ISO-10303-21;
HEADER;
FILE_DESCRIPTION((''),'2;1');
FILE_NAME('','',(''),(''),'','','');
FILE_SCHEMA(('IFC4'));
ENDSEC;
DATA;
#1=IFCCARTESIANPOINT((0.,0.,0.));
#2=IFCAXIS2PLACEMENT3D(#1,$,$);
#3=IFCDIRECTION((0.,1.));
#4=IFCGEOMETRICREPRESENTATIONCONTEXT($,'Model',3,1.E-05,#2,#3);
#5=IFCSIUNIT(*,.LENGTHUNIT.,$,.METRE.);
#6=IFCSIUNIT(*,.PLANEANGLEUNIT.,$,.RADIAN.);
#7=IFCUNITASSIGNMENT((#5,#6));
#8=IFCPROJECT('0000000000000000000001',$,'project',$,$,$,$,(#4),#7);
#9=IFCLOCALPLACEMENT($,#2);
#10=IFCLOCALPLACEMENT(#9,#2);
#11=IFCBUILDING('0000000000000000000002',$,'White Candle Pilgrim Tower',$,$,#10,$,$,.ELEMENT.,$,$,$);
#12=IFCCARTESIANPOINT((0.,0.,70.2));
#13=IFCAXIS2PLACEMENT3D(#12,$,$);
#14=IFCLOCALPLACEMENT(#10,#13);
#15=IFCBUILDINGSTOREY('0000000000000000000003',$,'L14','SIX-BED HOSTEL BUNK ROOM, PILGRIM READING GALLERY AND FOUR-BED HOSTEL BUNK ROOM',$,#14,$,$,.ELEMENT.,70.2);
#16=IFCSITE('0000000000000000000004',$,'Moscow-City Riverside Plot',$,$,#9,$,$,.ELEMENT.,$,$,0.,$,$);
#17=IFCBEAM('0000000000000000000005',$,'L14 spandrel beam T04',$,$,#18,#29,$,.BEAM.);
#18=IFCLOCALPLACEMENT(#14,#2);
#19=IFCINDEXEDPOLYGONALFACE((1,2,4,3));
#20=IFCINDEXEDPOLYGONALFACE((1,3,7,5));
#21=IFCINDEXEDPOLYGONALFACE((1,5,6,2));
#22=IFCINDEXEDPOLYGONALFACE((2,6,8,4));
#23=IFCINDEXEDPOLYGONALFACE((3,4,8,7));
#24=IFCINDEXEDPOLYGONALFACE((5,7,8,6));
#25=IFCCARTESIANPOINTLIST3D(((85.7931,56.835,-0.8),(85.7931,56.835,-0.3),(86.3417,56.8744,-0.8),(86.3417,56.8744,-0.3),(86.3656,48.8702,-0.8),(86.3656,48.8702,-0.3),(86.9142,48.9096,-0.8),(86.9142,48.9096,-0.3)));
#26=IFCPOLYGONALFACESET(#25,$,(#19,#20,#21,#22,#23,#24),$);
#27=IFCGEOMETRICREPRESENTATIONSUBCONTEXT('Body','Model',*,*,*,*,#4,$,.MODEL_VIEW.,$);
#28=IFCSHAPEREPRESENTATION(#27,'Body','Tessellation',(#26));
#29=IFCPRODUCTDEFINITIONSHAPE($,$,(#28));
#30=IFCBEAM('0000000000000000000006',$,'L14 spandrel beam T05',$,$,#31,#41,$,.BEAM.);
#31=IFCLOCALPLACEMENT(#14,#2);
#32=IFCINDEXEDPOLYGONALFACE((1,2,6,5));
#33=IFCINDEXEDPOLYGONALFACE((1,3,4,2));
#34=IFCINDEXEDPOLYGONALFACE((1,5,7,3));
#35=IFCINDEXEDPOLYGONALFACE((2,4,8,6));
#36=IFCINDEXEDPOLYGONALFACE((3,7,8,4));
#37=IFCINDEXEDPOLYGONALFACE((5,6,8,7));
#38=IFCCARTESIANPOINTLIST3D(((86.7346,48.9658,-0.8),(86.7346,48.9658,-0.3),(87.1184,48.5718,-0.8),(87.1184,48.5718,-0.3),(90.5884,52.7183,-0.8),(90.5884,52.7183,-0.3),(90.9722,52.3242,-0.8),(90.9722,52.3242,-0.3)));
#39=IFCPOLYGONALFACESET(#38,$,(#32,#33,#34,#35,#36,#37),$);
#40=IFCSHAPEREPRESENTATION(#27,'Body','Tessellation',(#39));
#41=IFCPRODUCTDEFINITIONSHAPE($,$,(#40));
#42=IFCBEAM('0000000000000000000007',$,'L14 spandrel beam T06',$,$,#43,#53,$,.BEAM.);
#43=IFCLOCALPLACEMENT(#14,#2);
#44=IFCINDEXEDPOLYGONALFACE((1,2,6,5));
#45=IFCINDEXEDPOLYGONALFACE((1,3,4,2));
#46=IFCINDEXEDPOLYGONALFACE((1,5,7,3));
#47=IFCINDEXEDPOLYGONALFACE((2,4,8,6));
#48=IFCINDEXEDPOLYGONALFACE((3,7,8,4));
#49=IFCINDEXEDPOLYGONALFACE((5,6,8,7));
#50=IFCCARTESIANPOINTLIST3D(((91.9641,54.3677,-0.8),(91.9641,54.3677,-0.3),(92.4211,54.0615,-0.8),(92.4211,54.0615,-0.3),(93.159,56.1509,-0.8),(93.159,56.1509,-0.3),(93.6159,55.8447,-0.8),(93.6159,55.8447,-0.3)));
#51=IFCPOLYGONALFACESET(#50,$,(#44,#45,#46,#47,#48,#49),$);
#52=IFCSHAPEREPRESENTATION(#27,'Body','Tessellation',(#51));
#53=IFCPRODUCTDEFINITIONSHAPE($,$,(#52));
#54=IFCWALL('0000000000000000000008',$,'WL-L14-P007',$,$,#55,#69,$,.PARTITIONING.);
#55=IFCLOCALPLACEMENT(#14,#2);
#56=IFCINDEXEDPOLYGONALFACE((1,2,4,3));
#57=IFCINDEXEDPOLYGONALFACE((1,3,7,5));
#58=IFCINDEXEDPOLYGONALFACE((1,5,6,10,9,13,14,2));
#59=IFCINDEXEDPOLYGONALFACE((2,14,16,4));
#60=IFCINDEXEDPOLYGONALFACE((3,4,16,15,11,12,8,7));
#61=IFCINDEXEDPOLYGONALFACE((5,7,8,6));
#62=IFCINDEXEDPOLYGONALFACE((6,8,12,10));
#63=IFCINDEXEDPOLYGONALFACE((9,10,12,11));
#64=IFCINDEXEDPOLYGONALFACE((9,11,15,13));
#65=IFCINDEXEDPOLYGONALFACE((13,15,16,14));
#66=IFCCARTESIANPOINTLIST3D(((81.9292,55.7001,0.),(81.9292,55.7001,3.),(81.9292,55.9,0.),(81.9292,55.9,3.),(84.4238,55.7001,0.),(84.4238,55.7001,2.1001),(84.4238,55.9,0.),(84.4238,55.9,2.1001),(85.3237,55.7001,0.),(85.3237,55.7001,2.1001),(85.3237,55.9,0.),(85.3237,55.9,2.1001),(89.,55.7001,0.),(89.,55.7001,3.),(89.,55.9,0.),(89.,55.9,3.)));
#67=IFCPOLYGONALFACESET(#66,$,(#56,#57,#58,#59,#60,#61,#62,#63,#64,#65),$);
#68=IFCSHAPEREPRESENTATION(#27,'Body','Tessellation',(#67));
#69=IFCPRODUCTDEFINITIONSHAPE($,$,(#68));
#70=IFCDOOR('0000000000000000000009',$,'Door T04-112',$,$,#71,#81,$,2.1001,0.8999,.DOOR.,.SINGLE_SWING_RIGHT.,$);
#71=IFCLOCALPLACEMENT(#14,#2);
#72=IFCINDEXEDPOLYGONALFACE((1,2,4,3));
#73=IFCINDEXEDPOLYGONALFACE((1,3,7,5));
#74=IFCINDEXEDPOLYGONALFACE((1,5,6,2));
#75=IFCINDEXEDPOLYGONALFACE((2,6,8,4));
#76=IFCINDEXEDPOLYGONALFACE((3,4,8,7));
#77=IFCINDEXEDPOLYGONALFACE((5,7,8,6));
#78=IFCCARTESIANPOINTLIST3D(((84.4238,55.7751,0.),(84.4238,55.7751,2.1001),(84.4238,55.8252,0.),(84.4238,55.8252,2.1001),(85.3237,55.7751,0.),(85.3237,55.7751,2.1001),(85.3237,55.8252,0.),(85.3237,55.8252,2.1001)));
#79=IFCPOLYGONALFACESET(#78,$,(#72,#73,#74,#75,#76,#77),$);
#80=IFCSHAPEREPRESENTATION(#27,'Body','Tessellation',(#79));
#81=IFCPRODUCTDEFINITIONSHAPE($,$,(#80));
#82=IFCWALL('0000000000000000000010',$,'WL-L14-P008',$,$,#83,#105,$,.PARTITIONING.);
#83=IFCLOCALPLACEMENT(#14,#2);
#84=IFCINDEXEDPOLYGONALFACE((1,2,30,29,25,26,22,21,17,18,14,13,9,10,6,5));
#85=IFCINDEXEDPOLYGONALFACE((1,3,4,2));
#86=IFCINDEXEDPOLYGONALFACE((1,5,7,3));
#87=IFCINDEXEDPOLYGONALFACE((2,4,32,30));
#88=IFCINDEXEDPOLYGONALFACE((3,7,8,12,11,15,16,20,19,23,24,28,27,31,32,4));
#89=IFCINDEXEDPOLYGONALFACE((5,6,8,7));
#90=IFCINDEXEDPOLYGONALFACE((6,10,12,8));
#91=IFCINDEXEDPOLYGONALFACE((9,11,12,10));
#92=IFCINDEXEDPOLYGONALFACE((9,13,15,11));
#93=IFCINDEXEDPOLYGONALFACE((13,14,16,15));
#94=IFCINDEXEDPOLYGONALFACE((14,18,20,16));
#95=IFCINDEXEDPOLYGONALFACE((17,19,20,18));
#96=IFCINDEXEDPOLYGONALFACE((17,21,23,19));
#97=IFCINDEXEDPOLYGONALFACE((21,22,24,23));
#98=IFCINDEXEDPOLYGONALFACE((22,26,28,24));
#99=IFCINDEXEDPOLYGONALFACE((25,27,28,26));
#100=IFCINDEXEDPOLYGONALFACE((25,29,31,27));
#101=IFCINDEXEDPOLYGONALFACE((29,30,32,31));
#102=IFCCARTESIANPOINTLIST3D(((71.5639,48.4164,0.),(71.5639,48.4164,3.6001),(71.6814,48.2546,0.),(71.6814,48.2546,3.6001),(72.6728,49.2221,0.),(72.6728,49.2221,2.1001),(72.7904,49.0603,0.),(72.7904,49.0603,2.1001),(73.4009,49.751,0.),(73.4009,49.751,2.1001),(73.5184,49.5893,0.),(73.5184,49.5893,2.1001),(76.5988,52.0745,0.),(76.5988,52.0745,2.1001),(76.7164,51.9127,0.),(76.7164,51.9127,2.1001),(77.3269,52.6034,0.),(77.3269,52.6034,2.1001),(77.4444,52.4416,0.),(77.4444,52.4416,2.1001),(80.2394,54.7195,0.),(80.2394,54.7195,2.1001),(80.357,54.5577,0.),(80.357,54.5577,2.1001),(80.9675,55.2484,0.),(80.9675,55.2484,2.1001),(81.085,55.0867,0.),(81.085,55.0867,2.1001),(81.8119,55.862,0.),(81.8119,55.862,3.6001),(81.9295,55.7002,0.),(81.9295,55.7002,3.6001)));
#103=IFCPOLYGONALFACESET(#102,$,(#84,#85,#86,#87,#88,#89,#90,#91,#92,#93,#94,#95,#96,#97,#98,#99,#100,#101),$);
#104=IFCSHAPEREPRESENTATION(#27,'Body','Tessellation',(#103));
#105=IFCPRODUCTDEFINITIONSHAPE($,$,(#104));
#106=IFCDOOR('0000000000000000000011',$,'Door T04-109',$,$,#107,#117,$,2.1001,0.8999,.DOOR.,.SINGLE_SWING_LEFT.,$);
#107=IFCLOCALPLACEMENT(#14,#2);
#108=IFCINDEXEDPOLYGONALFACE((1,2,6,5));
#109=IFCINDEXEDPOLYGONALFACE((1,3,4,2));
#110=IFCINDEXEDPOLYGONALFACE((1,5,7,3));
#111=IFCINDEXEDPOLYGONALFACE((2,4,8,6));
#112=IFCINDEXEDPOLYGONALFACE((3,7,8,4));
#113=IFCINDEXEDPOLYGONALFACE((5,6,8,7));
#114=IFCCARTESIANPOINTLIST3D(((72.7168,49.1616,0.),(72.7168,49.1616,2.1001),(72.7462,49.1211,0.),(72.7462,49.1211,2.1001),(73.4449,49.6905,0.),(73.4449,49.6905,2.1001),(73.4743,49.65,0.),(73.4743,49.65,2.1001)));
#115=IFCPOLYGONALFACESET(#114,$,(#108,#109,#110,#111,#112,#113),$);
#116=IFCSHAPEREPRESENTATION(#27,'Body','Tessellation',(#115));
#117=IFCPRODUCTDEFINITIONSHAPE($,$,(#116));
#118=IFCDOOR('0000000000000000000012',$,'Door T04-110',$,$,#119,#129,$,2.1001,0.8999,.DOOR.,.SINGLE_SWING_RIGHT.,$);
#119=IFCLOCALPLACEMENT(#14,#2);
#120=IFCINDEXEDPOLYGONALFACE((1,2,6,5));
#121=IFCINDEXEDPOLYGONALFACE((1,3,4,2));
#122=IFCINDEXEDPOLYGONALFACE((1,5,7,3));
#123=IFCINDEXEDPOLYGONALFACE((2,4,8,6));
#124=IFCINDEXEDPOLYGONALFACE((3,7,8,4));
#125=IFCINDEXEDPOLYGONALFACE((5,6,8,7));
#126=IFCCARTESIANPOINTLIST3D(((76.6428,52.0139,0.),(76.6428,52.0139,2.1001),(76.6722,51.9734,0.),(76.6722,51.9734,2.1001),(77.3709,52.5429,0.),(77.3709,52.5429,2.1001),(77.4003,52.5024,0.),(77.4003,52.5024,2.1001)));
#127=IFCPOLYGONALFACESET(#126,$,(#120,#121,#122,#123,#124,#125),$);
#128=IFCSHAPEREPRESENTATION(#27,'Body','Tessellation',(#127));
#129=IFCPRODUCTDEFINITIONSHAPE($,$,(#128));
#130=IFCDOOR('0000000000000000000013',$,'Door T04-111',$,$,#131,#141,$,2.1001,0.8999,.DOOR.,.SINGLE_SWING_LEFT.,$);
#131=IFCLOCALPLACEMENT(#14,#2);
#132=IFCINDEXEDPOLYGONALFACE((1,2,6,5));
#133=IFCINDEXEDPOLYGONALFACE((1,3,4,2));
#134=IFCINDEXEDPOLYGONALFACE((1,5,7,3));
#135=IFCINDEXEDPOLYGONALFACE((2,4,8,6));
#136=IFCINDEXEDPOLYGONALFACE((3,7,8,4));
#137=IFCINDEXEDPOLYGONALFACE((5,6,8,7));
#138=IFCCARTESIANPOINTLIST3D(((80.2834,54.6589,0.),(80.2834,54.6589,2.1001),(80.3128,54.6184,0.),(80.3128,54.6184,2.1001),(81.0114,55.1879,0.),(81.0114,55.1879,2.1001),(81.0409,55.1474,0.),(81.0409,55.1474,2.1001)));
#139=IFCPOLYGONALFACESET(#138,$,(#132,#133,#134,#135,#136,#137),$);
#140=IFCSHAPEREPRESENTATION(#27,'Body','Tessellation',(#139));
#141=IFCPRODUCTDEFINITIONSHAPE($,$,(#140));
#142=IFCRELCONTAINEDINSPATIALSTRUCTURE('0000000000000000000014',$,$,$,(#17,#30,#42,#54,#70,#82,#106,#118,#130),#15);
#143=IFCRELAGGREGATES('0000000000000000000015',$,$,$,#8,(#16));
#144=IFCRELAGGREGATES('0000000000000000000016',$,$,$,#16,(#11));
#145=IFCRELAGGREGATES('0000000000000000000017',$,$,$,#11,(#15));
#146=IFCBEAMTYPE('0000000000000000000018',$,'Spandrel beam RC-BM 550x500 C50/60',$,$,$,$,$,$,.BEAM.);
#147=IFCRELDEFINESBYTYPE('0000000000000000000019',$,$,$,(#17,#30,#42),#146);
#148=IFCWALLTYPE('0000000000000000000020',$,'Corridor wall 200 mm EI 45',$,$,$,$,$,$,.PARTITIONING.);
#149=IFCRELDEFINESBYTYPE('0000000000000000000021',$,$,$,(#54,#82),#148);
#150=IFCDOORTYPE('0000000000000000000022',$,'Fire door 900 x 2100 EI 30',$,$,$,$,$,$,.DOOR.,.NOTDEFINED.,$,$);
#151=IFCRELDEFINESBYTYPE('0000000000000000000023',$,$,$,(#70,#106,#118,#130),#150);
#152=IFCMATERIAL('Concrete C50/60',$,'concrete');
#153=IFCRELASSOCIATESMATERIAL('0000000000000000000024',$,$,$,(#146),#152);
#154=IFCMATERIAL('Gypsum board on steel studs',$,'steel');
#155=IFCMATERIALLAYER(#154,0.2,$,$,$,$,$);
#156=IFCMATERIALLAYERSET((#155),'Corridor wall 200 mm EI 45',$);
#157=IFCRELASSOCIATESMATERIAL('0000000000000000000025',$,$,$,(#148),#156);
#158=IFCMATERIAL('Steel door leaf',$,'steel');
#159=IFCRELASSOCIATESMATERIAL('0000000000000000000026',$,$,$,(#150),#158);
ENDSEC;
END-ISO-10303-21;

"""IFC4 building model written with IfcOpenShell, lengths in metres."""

from ifc_helpers import new_model, si_unit, direction, frame, frame_2d, origin, origin_2d, place, context, subcontext, project, spatial, rectangle, extrude, material, layer, layer_set, material_profile, profile_set, type_object, element, fill, save


model = new_model("IFC4")

# Units and contexts
model_context = context("Model", 3, precision=1e-05, world=origin(), true_north=direction((0.0, 1.0)))
body_context = subcontext(model_context, "Body", "Model", "MODEL_VIEW")
ifc_project = project(units=[si_unit("LENGTHUNIT", "METRE"), si_unit("PLANEANGLEUNIT", "RADIAN")], contexts=[model_context])

# Site, building, storey
site_placement = place(None, origin())
site = spatial("IfcSite", under=ifc_project, at=site_placement, Name="Moscow-City Riverside Plot", CompositionType="ELEMENT", RefElevation=0.0)
building_placement = place(site_placement, origin())
building = spatial("IfcBuilding", under=site, at=building_placement, Name="White Candle Pilgrim Tower", CompositionType="ELEMENT")
storey_placement = place(building_placement, frame((0.0, 0.0, 70.2)))
storey = spatial("IfcBuildingStorey", under=building, at=storey_placement, Name="L14", Description="SIX-BED HOSTEL BUNK ROOM, PILGRIM READING GALLERY AND FOUR-BED HOSTEL BUNK ROOM", CompositionType="ELEMENT", Elevation=70.2)

# Beams
ifc_material_1 = material(Name="Concrete C50/60", Category="concrete")
ifc_material_profile_1 = material_profile(ifc_material_1, rectangle(XDim=0.55, YDim=0.5, at=origin_2d()), Name="RC-BM 550x500")
ifc_profile_set_1 = profile_set([ifc_material_profile_1], Name="Concrete C50/60")
beam_type_1 = type_object("IfcBeamType", Name="Spandrel beam RC-BM 550x500 C50/60", PredefinedType="BEAM", material=ifc_profile_set_1)
beam_1_placement = place(storey_placement, frame((86.6399, 48.8899, -0.55), z_axis=(-0.071695, 0.997427, 0.0), x_axis=(-0.997427, -0.071695, 0.0)))
element("IfcBeam", 1, at=beam_1_placement, inside=storey, type_object=beam_type_1, Name="L14 spandrel beam T04", PredefinedType="BEAM", context=body_context, shape_type="SweptSolid", body=[
    extrude(rectangle(XDim=0.55, YDim=0.5, at=origin_2d()), origin(), (0.0, 0.0, 1.0), 7.9854),
])
beam_2_placement = place(storey_placement, frame((86.9265, 48.7688, -0.55), z_axis=(0.716462, 0.697626, 0.0), x_axis=(-0.697626, 0.716462, 0.0)))
element("IfcBeam", 2, at=beam_2_placement, inside=storey, type_object=beam_type_1, Name="L14 spandrel beam T05", PredefinedType="BEAM", context=body_context, shape_type="SweptSolid", body=[
    extrude(rectangle(XDim=0.55, YDim=0.5, at=origin_2d()), origin(), (0.0, 0.0, 1.0), 5.3789),
])
beam_3_placement = place(storey_placement, frame((92.1926, 54.2146, -0.55), z_axis=(0.556641, 0.830753, 0.0), x_axis=(-0.830753, 0.556641, 0.0)))
element("IfcBeam", 3, at=beam_3_placement, inside=storey, type_object=beam_type_1, Name="L14 spandrel beam T06", PredefinedType="BEAM", context=body_context, shape_type="SweptSolid", body=[
    extrude(rectangle(XDim=0.55, YDim=0.5, at=origin_2d()), origin(), (0.0, 0.0, 1.0), 2.1465),
])

# Wall, opening, door
ifc_material_2 = material(Name="Gypsum board on steel studs", Category="steel")
ifc_layer_1 = layer(ifc_material_2, 0.2)
ifc_layer_set_1 = layer_set([ifc_layer_1], Name="Corridor wall 200 mm EI 45")
wall_type_1 = type_object("IfcWallType", Name="Corridor wall 200 mm EI 45", PredefinedType="PARTITIONING", material=ifc_layer_set_1)
wall_1_placement = place(storey_placement, frame((89.0, 55.8, 0.0), z_axis=(0.0, 0.0, 1.0), x_axis=(-1.0, 0.0, 0.0)))
wall_1 = element("IfcWall", 4, at=wall_1_placement, inside=storey, type_object=wall_type_1, Name="WL-L14-P007", PredefinedType="PARTITIONING", context=body_context, shape_type="SweptSolid", body=[
    extrude(rectangle(XDim=7.0708, YDim=0.2, at=frame_2d((3.5354, 0.0))), origin(), (0.0, 0.0, 1.0), 3.0),
])
opening_1_placement = place(wall_1_placement, frame((3.6763, 0.0, 0.0)))
opening_1 = element("IfcOpeningElement", 5, at=opening_1_placement, cuts=wall_1, PredefinedType="OPENING", context=body_context, shape_type="SweptSolid", body=[
    extrude(rectangle(XDim=0.8999, YDim=2.1001, at=frame_2d((0.45, 1.05))), frame((0.0, 0.1099, 0.0), z_axis=(0.0, -1.0, 0.0), x_axis=(1.0, 0.0, 0.0)), (0.0, 0.0, 1.0), 0.22),
])
ifc_material_3 = material(Name="Steel door leaf", Category="steel")
door_type = type_object("IfcDoorType", Name="Fire door 900 x 2100 EI 30", OperationType="NOTDEFINED", PredefinedType="DOOR", material=ifc_material_3)
door_1_placement = place(opening_1_placement, origin())
door_1 = element("IfcDoor", 6, at=door_1_placement, inside=storey, type_object=door_type, Name="Door T04-112", OperationType="SINGLE_SWING_RIGHT", OverallHeight=2.1001, OverallWidth=0.8999, PredefinedType="DOOR", context=body_context, shape_type="SweptSolid", body=[
    extrude(rectangle(XDim=0.8999, YDim=2.1001, at=frame_2d((0.45, 1.05))), frame((0.0, 0.0249, 0.0), z_axis=(0.0, -1.0, 0.0), x_axis=(1.0, 0.0, 0.0)), (0.0, 0.0, 1.0), 0.05),
])
fill(opening_1, door_1)

# Wall, openings, doors
wall_2_placement = place(storey_placement, frame((81.8706, 55.781, 0.0), z_axis=(0.0, 0.0, 1.0), x_axis=(-0.80902, -0.587781, 0.0)))
wall_2 = element("IfcWall", 7, at=wall_2_placement, inside=storey, type_object=wall_type_1, Name="WL-L14-P008", PredefinedType="PARTITIONING", context=body_context, shape_type="SweptSolid", body=[
    extrude(rectangle(XDim=12.6672, YDim=0.2, at=frame_2d((6.3335, 0.0))), origin(), (0.0, 0.0, 1.0), 3.6001),
])
opening_2_placement = place(wall_2_placement, frame((10.3965, 0.0, 0.0)))
opening_2 = element("IfcOpeningElement", 8, at=opening_2_placement, cuts=wall_2, PredefinedType="OPENING", context=body_context, shape_type="SweptSolid", body=[
    extrude(rectangle(XDim=0.8999, YDim=2.1001, at=frame_2d((0.45, 1.05))), frame((0.0, 0.1099, 0.0), z_axis=(0.0, -1.0, 0.0), x_axis=(1.0, 0.0, 0.0)), (0.0, 0.0, 1.0), 0.22),
])
opening_3_placement = place(wall_2_placement, frame((5.5437, 0.0, 0.0)))
opening_3 = element("IfcOpeningElement", 9, at=opening_3_placement, cuts=wall_2, PredefinedType="OPENING", context=body_context, shape_type="SweptSolid", body=[
    extrude(rectangle(XDim=0.8999, YDim=2.1001, at=frame_2d((0.45, 1.05))), frame((0.0, 0.1099, 0.0), z_axis=(0.0, -1.0, 0.0), x_axis=(1.0, 0.0, 0.0)), (0.0, 0.0, 1.0), 0.22),
])
opening_4_placement = place(wall_2_placement, frame((1.0437, 0.0, 0.0)))
opening_4 = element("IfcOpeningElement", 10, at=opening_4_placement, cuts=wall_2, PredefinedType="OPENING", context=body_context, shape_type="SweptSolid", body=[
    extrude(rectangle(XDim=0.8999, YDim=2.1001, at=frame_2d((0.45, 1.05))), frame((0.0, 0.1099, 0.0), z_axis=(0.0, -1.0, 0.0), x_axis=(1.0, 0.0, 0.0)), (0.0, 0.0, 1.0), 0.22),
])
door_2_placement = place(opening_2_placement, origin())
door_2 = element("IfcDoor", 11, at=door_2_placement, inside=storey, type_object=door_type, Name="Door T04-109", OperationType="SINGLE_SWING_LEFT", OverallHeight=2.1001, OverallWidth=0.8999, PredefinedType="DOOR", context=body_context, shape_type="SweptSolid", body=[
    extrude(rectangle(XDim=0.8999, YDim=2.1001, at=frame_2d((0.45, 1.05))), frame((0.0, 0.0249, 0.0), z_axis=(0.0, -1.0, 0.0), x_axis=(1.0, 0.0, 0.0)), (0.0, 0.0, 1.0), 0.05),
])
fill(opening_2, door_2)
door_3_placement = place(opening_3_placement, origin())
door_3 = element("IfcDoor", 12, at=door_3_placement, inside=storey, type_object=door_type, Name="Door T04-110", OperationType="SINGLE_SWING_RIGHT", OverallHeight=2.1001, OverallWidth=0.8999, PredefinedType="DOOR", context=body_context, shape_type="SweptSolid", body=[
    extrude(rectangle(XDim=0.8999, YDim=2.1001, at=frame_2d((0.45, 1.05))), frame((0.0, 0.0249, 0.0), z_axis=(0.0, -1.0, 0.0), x_axis=(1.0, 0.0, 0.0)), (0.0, 0.0, 1.0), 0.05),
])
fill(opening_3, door_3)
door_4_placement = place(opening_4_placement, origin())
door_4 = element("IfcDoor", 13, at=door_4_placement, inside=storey, type_object=door_type, Name="Door T04-111", OperationType="SINGLE_SWING_LEFT", OverallHeight=2.1001, OverallWidth=0.8999, PredefinedType="DOOR", context=body_context, shape_type="SweptSolid", body=[
    extrude(rectangle(XDim=0.8999, YDim=2.1001, at=frame_2d((0.45, 1.05))), frame((0.0, 0.0249, 0.0), z_axis=(0.0, -1.0, 0.0), x_axis=(1.0, 0.0, 0.0)), (0.0, 0.0, 1.0), 0.05),
])
fill(opening_4, door_4)

save(model, "model.ifc")
